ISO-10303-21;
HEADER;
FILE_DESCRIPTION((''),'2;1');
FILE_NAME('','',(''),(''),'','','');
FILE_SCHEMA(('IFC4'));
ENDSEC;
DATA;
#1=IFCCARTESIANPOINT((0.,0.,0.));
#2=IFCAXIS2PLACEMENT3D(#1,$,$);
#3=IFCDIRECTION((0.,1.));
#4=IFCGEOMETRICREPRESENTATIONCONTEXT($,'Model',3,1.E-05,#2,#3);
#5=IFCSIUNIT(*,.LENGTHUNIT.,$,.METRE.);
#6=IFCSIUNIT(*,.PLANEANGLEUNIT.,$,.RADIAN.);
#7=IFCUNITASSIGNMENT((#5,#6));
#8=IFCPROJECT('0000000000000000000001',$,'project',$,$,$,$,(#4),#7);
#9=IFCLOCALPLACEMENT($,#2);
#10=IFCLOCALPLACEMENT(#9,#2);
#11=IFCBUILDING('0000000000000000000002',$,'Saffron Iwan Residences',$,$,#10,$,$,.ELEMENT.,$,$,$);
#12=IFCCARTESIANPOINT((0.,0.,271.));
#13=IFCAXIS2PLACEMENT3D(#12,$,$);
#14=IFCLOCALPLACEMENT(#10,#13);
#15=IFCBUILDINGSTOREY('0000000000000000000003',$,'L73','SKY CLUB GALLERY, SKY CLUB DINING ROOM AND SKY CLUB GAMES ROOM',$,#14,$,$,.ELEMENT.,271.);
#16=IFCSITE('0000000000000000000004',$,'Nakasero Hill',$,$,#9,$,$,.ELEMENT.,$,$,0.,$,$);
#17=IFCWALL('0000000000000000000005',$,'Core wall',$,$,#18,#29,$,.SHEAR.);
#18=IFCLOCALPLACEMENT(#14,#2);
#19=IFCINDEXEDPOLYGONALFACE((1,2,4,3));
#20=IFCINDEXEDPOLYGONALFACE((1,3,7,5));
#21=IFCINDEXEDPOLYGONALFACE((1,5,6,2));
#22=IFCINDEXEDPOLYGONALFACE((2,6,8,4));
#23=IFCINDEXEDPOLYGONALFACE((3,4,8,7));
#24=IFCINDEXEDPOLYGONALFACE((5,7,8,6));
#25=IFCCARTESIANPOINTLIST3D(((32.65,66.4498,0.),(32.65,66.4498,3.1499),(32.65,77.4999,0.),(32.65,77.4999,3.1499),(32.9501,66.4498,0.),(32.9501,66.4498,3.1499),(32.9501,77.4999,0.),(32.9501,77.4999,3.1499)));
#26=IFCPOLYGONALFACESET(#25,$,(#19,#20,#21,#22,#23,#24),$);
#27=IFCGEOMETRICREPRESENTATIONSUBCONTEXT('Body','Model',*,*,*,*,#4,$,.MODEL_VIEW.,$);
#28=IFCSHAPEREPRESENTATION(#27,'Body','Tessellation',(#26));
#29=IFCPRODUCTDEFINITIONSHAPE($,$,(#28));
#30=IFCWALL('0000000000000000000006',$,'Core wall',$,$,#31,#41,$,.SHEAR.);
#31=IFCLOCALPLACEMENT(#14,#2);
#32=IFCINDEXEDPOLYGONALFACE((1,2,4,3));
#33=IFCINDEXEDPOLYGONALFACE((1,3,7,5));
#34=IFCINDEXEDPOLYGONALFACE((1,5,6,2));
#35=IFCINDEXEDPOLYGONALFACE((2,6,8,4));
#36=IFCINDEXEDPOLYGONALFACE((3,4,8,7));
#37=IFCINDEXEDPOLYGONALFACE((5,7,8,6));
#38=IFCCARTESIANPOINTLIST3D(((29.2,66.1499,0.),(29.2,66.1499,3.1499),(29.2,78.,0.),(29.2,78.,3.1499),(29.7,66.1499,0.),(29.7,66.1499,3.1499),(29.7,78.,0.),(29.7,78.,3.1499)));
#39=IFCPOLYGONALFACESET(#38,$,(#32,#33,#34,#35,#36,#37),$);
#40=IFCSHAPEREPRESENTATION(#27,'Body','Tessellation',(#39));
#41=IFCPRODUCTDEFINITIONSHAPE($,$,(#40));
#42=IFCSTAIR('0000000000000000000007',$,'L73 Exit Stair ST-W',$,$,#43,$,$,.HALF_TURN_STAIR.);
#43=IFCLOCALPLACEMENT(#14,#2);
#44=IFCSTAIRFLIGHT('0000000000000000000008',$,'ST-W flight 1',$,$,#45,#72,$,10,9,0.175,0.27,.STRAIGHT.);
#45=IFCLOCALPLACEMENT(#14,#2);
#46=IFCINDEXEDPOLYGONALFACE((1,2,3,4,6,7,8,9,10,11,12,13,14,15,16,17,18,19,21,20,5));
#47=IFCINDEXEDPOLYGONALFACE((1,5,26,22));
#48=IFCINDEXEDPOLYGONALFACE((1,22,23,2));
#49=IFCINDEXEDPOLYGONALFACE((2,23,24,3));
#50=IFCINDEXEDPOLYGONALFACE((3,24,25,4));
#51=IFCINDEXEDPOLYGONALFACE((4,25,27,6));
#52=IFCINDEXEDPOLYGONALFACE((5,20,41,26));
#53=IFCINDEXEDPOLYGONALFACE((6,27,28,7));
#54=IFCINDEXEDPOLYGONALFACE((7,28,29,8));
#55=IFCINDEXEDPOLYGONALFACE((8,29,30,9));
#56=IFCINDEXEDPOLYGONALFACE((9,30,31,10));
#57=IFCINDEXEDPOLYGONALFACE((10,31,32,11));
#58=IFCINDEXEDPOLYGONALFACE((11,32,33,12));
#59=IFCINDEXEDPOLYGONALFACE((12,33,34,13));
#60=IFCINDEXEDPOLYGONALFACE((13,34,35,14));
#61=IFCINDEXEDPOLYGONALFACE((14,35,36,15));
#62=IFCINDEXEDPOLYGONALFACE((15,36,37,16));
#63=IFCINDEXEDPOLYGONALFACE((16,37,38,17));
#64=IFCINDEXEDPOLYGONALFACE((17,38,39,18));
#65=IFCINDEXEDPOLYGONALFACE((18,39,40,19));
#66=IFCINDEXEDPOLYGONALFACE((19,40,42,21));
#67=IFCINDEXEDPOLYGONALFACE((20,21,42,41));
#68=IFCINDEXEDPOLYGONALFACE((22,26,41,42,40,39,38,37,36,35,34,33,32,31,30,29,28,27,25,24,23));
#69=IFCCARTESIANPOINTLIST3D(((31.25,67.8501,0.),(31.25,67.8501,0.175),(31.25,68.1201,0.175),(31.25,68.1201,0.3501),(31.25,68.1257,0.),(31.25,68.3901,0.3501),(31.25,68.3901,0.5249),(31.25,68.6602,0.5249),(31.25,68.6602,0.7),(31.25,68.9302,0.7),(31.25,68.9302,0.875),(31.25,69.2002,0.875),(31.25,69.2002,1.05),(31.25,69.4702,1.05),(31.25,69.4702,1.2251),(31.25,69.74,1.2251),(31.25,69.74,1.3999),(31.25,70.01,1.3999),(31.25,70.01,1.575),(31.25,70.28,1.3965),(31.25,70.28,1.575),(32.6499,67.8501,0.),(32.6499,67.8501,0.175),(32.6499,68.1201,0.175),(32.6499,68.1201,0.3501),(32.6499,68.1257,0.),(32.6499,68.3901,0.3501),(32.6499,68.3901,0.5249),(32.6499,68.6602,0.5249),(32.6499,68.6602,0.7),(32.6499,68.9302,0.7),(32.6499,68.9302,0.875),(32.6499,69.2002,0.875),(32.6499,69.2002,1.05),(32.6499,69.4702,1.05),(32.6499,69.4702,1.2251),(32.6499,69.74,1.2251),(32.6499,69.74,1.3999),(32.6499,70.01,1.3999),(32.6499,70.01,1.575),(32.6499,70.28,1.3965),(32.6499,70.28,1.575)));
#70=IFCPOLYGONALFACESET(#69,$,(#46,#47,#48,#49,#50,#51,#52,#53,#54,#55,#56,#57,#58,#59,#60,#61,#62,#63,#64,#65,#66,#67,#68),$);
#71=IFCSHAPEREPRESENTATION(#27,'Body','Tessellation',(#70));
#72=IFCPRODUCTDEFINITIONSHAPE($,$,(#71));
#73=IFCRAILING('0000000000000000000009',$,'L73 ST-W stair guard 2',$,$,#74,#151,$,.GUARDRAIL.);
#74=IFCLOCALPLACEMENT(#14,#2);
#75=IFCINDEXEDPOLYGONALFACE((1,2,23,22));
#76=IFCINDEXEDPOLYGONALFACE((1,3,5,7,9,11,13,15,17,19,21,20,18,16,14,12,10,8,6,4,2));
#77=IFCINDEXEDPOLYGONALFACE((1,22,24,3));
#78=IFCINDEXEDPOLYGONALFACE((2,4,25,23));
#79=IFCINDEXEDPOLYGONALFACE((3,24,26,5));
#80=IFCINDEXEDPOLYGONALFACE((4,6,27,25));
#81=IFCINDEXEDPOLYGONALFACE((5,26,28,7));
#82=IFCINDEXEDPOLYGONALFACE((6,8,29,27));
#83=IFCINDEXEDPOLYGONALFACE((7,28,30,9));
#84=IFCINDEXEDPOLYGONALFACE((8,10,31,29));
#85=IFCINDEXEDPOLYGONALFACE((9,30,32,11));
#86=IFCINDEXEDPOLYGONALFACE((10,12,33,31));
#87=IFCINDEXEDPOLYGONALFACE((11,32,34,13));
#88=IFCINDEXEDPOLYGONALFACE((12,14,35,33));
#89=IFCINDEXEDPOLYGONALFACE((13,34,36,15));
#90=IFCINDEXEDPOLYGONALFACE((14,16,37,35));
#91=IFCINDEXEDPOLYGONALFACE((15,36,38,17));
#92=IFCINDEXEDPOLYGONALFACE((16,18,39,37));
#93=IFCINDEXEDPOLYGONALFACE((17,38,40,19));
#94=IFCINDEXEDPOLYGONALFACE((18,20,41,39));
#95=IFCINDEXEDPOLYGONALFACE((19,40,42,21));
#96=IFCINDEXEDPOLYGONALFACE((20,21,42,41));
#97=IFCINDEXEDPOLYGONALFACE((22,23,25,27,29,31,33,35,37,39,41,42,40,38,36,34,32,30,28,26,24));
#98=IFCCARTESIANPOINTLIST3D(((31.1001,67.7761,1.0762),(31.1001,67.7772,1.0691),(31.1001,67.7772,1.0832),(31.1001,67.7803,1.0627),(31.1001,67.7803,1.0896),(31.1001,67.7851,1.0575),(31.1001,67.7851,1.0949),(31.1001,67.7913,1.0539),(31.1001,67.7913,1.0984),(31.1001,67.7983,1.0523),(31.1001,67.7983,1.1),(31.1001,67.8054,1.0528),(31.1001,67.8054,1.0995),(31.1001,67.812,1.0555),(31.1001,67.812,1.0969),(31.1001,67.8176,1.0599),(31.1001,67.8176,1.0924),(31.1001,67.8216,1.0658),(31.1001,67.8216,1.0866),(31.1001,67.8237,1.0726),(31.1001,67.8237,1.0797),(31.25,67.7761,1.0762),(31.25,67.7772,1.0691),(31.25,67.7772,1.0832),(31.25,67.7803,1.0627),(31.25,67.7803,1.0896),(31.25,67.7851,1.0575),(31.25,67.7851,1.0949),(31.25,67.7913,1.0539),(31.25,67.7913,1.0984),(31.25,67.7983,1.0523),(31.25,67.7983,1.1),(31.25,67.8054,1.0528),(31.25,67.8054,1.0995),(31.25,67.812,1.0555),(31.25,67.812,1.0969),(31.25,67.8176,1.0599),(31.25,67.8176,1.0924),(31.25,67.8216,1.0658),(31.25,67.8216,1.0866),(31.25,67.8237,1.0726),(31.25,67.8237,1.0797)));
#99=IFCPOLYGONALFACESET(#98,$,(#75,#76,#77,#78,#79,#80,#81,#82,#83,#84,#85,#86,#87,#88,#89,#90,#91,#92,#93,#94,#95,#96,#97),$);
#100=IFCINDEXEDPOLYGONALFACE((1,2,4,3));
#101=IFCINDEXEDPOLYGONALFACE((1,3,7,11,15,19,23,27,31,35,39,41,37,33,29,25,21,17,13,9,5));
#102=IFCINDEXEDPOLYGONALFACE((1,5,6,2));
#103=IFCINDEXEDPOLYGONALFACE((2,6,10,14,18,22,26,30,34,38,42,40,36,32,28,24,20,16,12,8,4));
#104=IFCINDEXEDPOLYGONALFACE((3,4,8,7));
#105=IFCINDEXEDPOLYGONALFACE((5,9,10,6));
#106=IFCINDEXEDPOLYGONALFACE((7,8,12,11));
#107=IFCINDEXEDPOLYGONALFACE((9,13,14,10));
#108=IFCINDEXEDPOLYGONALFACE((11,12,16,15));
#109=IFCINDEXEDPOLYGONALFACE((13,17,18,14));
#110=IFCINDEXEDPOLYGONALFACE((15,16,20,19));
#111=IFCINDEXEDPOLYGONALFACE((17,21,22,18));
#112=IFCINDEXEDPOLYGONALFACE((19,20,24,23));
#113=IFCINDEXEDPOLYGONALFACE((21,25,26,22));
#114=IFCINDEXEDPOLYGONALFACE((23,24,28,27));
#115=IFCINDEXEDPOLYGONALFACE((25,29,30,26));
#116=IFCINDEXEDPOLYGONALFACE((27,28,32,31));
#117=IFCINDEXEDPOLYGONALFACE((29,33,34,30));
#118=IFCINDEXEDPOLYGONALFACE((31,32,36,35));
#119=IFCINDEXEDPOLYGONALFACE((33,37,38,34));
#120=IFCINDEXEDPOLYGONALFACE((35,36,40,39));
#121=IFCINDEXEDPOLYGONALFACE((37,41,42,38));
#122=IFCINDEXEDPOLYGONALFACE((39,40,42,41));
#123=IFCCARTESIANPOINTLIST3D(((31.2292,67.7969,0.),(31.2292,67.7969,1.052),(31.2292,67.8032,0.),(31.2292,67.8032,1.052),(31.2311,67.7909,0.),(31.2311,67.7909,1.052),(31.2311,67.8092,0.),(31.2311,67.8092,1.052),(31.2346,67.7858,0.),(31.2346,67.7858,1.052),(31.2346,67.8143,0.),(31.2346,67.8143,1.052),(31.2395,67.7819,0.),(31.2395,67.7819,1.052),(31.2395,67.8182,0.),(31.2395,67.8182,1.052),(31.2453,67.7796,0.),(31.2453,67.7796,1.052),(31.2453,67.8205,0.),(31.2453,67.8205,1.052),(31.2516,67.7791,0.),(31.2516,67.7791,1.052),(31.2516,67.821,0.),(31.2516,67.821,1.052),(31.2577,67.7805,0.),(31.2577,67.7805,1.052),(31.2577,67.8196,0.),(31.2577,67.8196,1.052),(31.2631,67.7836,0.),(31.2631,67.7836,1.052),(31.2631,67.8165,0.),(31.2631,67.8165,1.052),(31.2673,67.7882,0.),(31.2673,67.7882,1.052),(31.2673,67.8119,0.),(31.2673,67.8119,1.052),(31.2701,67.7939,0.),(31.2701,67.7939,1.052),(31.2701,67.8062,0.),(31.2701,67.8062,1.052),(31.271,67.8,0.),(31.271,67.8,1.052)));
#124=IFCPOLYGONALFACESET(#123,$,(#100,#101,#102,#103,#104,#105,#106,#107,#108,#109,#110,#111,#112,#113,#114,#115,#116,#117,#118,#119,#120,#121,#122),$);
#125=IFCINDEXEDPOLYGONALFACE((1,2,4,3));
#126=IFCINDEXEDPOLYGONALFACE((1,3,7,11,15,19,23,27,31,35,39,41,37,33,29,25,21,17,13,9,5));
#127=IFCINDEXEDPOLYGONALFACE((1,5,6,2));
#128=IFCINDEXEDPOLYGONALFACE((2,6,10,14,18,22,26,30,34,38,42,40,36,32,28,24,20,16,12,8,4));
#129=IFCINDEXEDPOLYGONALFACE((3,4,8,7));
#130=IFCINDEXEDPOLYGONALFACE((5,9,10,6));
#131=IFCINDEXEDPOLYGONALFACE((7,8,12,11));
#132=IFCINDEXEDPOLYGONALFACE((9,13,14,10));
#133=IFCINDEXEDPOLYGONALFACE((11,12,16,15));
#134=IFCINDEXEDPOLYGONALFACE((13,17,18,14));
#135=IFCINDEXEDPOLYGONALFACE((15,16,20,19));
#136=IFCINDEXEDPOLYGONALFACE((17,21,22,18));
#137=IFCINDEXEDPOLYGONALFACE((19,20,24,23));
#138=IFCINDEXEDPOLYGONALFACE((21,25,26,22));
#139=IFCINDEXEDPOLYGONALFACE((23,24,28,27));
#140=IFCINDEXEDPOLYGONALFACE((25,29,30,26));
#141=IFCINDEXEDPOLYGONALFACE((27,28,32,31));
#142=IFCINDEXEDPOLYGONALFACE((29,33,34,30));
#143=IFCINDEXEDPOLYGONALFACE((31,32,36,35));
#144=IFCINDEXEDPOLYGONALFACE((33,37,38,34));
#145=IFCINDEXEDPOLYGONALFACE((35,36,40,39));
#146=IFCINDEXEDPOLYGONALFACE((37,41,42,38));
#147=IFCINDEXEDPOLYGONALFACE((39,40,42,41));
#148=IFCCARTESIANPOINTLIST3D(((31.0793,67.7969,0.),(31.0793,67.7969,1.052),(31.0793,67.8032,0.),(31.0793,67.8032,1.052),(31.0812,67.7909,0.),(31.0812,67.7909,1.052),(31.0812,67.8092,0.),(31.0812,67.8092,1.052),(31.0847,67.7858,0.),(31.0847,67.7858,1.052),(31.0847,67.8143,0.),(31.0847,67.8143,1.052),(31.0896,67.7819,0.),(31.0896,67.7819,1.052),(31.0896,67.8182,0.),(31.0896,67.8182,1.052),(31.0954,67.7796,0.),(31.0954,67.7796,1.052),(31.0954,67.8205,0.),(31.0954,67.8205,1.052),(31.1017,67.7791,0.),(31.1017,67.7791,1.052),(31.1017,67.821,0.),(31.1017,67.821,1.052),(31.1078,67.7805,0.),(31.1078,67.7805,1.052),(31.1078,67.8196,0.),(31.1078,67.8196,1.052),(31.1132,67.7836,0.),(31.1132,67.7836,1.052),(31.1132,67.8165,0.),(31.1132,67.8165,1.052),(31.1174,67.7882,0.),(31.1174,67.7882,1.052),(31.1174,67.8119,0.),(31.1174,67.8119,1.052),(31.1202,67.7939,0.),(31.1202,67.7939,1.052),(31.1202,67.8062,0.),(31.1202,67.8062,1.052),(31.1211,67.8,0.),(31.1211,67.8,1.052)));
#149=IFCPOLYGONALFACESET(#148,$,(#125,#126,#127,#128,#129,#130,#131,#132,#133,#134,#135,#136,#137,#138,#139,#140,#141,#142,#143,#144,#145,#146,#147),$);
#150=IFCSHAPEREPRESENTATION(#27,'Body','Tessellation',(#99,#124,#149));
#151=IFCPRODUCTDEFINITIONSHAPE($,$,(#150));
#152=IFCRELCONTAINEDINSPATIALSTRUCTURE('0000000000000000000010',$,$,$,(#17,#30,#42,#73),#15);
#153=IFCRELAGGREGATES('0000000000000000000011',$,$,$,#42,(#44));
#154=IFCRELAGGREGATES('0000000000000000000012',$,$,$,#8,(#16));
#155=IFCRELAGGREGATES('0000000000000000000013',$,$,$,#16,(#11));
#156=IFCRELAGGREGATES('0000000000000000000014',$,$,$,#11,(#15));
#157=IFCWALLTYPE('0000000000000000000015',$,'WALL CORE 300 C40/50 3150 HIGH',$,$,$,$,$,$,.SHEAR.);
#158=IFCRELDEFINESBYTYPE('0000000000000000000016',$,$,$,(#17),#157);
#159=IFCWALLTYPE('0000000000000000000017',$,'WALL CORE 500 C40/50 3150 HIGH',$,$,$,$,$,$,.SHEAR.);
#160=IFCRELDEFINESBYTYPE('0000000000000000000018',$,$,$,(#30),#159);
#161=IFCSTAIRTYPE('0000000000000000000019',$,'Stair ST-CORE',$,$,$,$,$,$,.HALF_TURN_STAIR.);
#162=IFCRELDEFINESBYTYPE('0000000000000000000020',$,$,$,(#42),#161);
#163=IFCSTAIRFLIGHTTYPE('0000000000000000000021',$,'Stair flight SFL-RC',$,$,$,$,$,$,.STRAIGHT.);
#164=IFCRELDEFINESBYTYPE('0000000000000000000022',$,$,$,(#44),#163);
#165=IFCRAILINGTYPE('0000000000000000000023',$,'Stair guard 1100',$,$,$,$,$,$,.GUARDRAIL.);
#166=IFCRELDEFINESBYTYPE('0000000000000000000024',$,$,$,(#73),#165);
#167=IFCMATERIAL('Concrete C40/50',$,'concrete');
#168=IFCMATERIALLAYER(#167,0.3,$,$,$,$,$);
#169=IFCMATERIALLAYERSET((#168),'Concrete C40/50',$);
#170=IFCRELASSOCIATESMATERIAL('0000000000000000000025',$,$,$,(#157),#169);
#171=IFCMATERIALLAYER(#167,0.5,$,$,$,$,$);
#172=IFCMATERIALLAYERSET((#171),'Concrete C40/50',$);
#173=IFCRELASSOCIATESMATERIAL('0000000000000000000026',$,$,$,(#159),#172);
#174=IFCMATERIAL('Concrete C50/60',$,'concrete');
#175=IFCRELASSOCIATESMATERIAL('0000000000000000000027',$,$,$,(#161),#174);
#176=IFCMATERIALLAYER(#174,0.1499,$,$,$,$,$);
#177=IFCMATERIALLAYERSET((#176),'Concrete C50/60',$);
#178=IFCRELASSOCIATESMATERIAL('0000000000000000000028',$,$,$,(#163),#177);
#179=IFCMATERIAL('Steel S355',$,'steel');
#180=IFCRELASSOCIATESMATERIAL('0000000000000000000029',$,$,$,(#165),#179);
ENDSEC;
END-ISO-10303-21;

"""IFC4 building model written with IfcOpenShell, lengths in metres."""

from ifc_helpers import new_model, si_unit, direction, frame, frame_2d, origin, origin_2d, place, context, subcontext, project, spatial, polyline, rectangle, circle, outline, extrude, material, layer, layer_set, type_object, element, aggregate, save


model = new_model("IFC4")

# Units and contexts
model_context = context("Model", 3, precision=1e-05, world=origin(), true_north=direction((0.0, 1.0)))
body_context = subcontext(model_context, "Body", "Model", "MODEL_VIEW")
ifc_project = project(units=[si_unit("LENGTHUNIT", "METRE"), si_unit("PLANEANGLEUNIT", "RADIAN")], contexts=[model_context])

# Site, building, storey
site_placement = place(None, origin())
site = spatial("IfcSite", under=ifc_project, at=site_placement, Name="Nakasero Hill", CompositionType="ELEMENT", RefElevation=0.0)
building_placement = place(site_placement, origin())
building = spatial("IfcBuilding", under=site, at=building_placement, Name="Saffron Iwan Residences", CompositionType="ELEMENT")
storey_placement = place(building_placement, frame((0.0, 0.0, 271.0)))
storey = spatial("IfcBuildingStorey", under=building, at=storey_placement, Name="L73", Description="SKY CLUB GALLERY, SKY CLUB DINING ROOM AND SKY CLUB GAMES ROOM", CompositionType="ELEMENT", Elevation=271.0)

# Shared definitions
ifc_material_1 = material(Name="Concrete C40/50", Category="concrete")

# Shared definitions
ifc_layer_1 = layer(ifc_material_1, 0.3)
ifc_layer_set_1 = layer_set([ifc_layer_1], Name="Concrete C40/50")
wall_type_1 = type_object("IfcWallType", Name="WALL CORE 300 C40/50 3150 HIGH", PredefinedType="SHEAR", material=ifc_layer_set_1)

# Walls
wall_1_placement = place(storey_placement, frame((32.8, 66.45, 0.0), z_axis=(0.0, 0.0, 1.0), x_axis=(0.0, 1.0, 0.0)))
element("IfcWall", 1, at=wall_1_placement, inside=storey, type_object=wall_type_1, Name="Core wall", PredefinedType="SHEAR", context=body_context, shape_type="SweptSolid", body=[
    extrude(rectangle(XDim=11.05, YDim=0.3, at=frame_2d((5.5249, 0.0))), origin(), (0.0, 0.0, 1.0), 3.1499),
])
ifc_layer_2 = layer(ifc_material_1, 0.5)
ifc_layer_set_2 = layer_set([ifc_layer_2], Name="Concrete C40/50")
wall_type_2 = type_object("IfcWallType", Name="WALL CORE 500 C40/50 3150 HIGH", PredefinedType="SHEAR", material=ifc_layer_set_2)
wall_2_placement = place(storey_placement, frame((29.45, 66.1499, 0.0), z_axis=(0.0, 0.0, 1.0), x_axis=(0.0, 1.0, 0.0)))
element("IfcWall", 2, at=wall_2_placement, inside=storey, type_object=wall_type_2, Name="Core wall", PredefinedType="SHEAR", context=body_context, shape_type="SweptSolid", body=[
    extrude(rectangle(XDim=11.8501, YDim=0.5, at=frame_2d((5.925, 0.0))), origin(), (0.0, 0.0, 1.0), 3.1499),
])

# Stair, stair flight
ifc_material_2 = material(Name="Concrete C50/60", Category="concrete")
stair_type = type_object("IfcStairType", Name="Stair ST-CORE", PredefinedType="HALF_TURN_STAIR", material=ifc_material_2)
stair_placement = place(storey_placement, origin())
stair = element("IfcStair", 3, at=stair_placement, inside=storey, type_object=stair_type, Name="L73 Exit Stair ST-W", PredefinedType="HALF_TURN_STAIR")
ifc_layer_3 = layer(ifc_material_2, 0.1499)
ifc_layer_set_3 = layer_set([ifc_layer_3], Name="Concrete C50/60")
stair_flight_type = type_object("IfcStairFlightType", Name="Stair flight SFL-RC", PredefinedType="STRAIGHT", material=ifc_layer_set_3)
stair_flight_placement = place(storey_placement, frame((31.95, 67.8501, 0.0), z_axis=(0.0, 0.0, 1.0), x_axis=(0.0, 1.0, 0.0)))
stair_flight = element("IfcStairFlight", 4, at=stair_flight_placement, type_object=stair_flight_type, Name="ST-W flight 1", NumberOfRisers=10, NumberOfTreads=9, PredefinedType="STRAIGHT", RiserHeight=0.175, TreadLength=0.27, context=body_context, shape_type="SweptSolid", body=[
    extrude(outline(polyline([(0.0, 0.0), (0.0, 0.175), (0.27, 0.175), (0.27, 0.3501), (0.54, 0.3501), (0.54, 0.5249), (0.8101, 0.5249), (0.8101, 0.7), (1.0801, 0.7), (1.0801, 0.875), (1.3501, 0.875), (1.3501, 1.05), (1.6201, 1.05), (1.6201, 1.2251), (1.8899, 1.2251), (1.8899, 1.3999), (2.1599, 1.3999), (2.1599, 1.575), (2.4299, 1.575), (2.4299, 1.75), (2.4299, 1.3965), (0.2756, 0.0), (0.0, 0.0)])), frame((0.0, 0.7, 0.0), z_axis=(0.0, -1.0, 0.0), x_axis=(1.0, 0.0, 0.0)), (0.0, 0.0, 1.0), 1.3999),
])
aggregate(stair, [stair_flight])

# Railing
ifc_material_3 = material(Name="Steel S355", Category="steel")
railing_type_1 = type_object("IfcRailingType", Name="Stair guard 1100", PredefinedType="GUARDRAIL", material=ifc_material_3)
railing_1_placement = place(storey_placement, frame((31.25, 67.8, 0.0)))
element("IfcRailing", 5, at=railing_1_placement, inside=storey, type_object=railing_type_1, Name="L73 ST-W stair guard 2", PredefinedType="GUARDRAIL", context=body_context, shape_type="SweptSolid", body=[
    extrude(circle(Radius=0.0239, at=origin_2d()), frame((0.0, 0.0, 1.0762), z_axis=(-1.0, 0.0, 0.0), x_axis=(0.0, -1.0, 0.0)), (0.0, 0.0, 1.0), 0.1499),
    extrude(circle(Radius=0.021, at=origin_2d()), origin(), (0.0, 0.0, 1.0), 1.052),
    extrude(circle(Radius=0.021, at=origin_2d()), frame((-0.1499, 0.0, 0.0)), (0.0, 0.0, 1.0), 1.052),
])

save(model, "model.ifc")
